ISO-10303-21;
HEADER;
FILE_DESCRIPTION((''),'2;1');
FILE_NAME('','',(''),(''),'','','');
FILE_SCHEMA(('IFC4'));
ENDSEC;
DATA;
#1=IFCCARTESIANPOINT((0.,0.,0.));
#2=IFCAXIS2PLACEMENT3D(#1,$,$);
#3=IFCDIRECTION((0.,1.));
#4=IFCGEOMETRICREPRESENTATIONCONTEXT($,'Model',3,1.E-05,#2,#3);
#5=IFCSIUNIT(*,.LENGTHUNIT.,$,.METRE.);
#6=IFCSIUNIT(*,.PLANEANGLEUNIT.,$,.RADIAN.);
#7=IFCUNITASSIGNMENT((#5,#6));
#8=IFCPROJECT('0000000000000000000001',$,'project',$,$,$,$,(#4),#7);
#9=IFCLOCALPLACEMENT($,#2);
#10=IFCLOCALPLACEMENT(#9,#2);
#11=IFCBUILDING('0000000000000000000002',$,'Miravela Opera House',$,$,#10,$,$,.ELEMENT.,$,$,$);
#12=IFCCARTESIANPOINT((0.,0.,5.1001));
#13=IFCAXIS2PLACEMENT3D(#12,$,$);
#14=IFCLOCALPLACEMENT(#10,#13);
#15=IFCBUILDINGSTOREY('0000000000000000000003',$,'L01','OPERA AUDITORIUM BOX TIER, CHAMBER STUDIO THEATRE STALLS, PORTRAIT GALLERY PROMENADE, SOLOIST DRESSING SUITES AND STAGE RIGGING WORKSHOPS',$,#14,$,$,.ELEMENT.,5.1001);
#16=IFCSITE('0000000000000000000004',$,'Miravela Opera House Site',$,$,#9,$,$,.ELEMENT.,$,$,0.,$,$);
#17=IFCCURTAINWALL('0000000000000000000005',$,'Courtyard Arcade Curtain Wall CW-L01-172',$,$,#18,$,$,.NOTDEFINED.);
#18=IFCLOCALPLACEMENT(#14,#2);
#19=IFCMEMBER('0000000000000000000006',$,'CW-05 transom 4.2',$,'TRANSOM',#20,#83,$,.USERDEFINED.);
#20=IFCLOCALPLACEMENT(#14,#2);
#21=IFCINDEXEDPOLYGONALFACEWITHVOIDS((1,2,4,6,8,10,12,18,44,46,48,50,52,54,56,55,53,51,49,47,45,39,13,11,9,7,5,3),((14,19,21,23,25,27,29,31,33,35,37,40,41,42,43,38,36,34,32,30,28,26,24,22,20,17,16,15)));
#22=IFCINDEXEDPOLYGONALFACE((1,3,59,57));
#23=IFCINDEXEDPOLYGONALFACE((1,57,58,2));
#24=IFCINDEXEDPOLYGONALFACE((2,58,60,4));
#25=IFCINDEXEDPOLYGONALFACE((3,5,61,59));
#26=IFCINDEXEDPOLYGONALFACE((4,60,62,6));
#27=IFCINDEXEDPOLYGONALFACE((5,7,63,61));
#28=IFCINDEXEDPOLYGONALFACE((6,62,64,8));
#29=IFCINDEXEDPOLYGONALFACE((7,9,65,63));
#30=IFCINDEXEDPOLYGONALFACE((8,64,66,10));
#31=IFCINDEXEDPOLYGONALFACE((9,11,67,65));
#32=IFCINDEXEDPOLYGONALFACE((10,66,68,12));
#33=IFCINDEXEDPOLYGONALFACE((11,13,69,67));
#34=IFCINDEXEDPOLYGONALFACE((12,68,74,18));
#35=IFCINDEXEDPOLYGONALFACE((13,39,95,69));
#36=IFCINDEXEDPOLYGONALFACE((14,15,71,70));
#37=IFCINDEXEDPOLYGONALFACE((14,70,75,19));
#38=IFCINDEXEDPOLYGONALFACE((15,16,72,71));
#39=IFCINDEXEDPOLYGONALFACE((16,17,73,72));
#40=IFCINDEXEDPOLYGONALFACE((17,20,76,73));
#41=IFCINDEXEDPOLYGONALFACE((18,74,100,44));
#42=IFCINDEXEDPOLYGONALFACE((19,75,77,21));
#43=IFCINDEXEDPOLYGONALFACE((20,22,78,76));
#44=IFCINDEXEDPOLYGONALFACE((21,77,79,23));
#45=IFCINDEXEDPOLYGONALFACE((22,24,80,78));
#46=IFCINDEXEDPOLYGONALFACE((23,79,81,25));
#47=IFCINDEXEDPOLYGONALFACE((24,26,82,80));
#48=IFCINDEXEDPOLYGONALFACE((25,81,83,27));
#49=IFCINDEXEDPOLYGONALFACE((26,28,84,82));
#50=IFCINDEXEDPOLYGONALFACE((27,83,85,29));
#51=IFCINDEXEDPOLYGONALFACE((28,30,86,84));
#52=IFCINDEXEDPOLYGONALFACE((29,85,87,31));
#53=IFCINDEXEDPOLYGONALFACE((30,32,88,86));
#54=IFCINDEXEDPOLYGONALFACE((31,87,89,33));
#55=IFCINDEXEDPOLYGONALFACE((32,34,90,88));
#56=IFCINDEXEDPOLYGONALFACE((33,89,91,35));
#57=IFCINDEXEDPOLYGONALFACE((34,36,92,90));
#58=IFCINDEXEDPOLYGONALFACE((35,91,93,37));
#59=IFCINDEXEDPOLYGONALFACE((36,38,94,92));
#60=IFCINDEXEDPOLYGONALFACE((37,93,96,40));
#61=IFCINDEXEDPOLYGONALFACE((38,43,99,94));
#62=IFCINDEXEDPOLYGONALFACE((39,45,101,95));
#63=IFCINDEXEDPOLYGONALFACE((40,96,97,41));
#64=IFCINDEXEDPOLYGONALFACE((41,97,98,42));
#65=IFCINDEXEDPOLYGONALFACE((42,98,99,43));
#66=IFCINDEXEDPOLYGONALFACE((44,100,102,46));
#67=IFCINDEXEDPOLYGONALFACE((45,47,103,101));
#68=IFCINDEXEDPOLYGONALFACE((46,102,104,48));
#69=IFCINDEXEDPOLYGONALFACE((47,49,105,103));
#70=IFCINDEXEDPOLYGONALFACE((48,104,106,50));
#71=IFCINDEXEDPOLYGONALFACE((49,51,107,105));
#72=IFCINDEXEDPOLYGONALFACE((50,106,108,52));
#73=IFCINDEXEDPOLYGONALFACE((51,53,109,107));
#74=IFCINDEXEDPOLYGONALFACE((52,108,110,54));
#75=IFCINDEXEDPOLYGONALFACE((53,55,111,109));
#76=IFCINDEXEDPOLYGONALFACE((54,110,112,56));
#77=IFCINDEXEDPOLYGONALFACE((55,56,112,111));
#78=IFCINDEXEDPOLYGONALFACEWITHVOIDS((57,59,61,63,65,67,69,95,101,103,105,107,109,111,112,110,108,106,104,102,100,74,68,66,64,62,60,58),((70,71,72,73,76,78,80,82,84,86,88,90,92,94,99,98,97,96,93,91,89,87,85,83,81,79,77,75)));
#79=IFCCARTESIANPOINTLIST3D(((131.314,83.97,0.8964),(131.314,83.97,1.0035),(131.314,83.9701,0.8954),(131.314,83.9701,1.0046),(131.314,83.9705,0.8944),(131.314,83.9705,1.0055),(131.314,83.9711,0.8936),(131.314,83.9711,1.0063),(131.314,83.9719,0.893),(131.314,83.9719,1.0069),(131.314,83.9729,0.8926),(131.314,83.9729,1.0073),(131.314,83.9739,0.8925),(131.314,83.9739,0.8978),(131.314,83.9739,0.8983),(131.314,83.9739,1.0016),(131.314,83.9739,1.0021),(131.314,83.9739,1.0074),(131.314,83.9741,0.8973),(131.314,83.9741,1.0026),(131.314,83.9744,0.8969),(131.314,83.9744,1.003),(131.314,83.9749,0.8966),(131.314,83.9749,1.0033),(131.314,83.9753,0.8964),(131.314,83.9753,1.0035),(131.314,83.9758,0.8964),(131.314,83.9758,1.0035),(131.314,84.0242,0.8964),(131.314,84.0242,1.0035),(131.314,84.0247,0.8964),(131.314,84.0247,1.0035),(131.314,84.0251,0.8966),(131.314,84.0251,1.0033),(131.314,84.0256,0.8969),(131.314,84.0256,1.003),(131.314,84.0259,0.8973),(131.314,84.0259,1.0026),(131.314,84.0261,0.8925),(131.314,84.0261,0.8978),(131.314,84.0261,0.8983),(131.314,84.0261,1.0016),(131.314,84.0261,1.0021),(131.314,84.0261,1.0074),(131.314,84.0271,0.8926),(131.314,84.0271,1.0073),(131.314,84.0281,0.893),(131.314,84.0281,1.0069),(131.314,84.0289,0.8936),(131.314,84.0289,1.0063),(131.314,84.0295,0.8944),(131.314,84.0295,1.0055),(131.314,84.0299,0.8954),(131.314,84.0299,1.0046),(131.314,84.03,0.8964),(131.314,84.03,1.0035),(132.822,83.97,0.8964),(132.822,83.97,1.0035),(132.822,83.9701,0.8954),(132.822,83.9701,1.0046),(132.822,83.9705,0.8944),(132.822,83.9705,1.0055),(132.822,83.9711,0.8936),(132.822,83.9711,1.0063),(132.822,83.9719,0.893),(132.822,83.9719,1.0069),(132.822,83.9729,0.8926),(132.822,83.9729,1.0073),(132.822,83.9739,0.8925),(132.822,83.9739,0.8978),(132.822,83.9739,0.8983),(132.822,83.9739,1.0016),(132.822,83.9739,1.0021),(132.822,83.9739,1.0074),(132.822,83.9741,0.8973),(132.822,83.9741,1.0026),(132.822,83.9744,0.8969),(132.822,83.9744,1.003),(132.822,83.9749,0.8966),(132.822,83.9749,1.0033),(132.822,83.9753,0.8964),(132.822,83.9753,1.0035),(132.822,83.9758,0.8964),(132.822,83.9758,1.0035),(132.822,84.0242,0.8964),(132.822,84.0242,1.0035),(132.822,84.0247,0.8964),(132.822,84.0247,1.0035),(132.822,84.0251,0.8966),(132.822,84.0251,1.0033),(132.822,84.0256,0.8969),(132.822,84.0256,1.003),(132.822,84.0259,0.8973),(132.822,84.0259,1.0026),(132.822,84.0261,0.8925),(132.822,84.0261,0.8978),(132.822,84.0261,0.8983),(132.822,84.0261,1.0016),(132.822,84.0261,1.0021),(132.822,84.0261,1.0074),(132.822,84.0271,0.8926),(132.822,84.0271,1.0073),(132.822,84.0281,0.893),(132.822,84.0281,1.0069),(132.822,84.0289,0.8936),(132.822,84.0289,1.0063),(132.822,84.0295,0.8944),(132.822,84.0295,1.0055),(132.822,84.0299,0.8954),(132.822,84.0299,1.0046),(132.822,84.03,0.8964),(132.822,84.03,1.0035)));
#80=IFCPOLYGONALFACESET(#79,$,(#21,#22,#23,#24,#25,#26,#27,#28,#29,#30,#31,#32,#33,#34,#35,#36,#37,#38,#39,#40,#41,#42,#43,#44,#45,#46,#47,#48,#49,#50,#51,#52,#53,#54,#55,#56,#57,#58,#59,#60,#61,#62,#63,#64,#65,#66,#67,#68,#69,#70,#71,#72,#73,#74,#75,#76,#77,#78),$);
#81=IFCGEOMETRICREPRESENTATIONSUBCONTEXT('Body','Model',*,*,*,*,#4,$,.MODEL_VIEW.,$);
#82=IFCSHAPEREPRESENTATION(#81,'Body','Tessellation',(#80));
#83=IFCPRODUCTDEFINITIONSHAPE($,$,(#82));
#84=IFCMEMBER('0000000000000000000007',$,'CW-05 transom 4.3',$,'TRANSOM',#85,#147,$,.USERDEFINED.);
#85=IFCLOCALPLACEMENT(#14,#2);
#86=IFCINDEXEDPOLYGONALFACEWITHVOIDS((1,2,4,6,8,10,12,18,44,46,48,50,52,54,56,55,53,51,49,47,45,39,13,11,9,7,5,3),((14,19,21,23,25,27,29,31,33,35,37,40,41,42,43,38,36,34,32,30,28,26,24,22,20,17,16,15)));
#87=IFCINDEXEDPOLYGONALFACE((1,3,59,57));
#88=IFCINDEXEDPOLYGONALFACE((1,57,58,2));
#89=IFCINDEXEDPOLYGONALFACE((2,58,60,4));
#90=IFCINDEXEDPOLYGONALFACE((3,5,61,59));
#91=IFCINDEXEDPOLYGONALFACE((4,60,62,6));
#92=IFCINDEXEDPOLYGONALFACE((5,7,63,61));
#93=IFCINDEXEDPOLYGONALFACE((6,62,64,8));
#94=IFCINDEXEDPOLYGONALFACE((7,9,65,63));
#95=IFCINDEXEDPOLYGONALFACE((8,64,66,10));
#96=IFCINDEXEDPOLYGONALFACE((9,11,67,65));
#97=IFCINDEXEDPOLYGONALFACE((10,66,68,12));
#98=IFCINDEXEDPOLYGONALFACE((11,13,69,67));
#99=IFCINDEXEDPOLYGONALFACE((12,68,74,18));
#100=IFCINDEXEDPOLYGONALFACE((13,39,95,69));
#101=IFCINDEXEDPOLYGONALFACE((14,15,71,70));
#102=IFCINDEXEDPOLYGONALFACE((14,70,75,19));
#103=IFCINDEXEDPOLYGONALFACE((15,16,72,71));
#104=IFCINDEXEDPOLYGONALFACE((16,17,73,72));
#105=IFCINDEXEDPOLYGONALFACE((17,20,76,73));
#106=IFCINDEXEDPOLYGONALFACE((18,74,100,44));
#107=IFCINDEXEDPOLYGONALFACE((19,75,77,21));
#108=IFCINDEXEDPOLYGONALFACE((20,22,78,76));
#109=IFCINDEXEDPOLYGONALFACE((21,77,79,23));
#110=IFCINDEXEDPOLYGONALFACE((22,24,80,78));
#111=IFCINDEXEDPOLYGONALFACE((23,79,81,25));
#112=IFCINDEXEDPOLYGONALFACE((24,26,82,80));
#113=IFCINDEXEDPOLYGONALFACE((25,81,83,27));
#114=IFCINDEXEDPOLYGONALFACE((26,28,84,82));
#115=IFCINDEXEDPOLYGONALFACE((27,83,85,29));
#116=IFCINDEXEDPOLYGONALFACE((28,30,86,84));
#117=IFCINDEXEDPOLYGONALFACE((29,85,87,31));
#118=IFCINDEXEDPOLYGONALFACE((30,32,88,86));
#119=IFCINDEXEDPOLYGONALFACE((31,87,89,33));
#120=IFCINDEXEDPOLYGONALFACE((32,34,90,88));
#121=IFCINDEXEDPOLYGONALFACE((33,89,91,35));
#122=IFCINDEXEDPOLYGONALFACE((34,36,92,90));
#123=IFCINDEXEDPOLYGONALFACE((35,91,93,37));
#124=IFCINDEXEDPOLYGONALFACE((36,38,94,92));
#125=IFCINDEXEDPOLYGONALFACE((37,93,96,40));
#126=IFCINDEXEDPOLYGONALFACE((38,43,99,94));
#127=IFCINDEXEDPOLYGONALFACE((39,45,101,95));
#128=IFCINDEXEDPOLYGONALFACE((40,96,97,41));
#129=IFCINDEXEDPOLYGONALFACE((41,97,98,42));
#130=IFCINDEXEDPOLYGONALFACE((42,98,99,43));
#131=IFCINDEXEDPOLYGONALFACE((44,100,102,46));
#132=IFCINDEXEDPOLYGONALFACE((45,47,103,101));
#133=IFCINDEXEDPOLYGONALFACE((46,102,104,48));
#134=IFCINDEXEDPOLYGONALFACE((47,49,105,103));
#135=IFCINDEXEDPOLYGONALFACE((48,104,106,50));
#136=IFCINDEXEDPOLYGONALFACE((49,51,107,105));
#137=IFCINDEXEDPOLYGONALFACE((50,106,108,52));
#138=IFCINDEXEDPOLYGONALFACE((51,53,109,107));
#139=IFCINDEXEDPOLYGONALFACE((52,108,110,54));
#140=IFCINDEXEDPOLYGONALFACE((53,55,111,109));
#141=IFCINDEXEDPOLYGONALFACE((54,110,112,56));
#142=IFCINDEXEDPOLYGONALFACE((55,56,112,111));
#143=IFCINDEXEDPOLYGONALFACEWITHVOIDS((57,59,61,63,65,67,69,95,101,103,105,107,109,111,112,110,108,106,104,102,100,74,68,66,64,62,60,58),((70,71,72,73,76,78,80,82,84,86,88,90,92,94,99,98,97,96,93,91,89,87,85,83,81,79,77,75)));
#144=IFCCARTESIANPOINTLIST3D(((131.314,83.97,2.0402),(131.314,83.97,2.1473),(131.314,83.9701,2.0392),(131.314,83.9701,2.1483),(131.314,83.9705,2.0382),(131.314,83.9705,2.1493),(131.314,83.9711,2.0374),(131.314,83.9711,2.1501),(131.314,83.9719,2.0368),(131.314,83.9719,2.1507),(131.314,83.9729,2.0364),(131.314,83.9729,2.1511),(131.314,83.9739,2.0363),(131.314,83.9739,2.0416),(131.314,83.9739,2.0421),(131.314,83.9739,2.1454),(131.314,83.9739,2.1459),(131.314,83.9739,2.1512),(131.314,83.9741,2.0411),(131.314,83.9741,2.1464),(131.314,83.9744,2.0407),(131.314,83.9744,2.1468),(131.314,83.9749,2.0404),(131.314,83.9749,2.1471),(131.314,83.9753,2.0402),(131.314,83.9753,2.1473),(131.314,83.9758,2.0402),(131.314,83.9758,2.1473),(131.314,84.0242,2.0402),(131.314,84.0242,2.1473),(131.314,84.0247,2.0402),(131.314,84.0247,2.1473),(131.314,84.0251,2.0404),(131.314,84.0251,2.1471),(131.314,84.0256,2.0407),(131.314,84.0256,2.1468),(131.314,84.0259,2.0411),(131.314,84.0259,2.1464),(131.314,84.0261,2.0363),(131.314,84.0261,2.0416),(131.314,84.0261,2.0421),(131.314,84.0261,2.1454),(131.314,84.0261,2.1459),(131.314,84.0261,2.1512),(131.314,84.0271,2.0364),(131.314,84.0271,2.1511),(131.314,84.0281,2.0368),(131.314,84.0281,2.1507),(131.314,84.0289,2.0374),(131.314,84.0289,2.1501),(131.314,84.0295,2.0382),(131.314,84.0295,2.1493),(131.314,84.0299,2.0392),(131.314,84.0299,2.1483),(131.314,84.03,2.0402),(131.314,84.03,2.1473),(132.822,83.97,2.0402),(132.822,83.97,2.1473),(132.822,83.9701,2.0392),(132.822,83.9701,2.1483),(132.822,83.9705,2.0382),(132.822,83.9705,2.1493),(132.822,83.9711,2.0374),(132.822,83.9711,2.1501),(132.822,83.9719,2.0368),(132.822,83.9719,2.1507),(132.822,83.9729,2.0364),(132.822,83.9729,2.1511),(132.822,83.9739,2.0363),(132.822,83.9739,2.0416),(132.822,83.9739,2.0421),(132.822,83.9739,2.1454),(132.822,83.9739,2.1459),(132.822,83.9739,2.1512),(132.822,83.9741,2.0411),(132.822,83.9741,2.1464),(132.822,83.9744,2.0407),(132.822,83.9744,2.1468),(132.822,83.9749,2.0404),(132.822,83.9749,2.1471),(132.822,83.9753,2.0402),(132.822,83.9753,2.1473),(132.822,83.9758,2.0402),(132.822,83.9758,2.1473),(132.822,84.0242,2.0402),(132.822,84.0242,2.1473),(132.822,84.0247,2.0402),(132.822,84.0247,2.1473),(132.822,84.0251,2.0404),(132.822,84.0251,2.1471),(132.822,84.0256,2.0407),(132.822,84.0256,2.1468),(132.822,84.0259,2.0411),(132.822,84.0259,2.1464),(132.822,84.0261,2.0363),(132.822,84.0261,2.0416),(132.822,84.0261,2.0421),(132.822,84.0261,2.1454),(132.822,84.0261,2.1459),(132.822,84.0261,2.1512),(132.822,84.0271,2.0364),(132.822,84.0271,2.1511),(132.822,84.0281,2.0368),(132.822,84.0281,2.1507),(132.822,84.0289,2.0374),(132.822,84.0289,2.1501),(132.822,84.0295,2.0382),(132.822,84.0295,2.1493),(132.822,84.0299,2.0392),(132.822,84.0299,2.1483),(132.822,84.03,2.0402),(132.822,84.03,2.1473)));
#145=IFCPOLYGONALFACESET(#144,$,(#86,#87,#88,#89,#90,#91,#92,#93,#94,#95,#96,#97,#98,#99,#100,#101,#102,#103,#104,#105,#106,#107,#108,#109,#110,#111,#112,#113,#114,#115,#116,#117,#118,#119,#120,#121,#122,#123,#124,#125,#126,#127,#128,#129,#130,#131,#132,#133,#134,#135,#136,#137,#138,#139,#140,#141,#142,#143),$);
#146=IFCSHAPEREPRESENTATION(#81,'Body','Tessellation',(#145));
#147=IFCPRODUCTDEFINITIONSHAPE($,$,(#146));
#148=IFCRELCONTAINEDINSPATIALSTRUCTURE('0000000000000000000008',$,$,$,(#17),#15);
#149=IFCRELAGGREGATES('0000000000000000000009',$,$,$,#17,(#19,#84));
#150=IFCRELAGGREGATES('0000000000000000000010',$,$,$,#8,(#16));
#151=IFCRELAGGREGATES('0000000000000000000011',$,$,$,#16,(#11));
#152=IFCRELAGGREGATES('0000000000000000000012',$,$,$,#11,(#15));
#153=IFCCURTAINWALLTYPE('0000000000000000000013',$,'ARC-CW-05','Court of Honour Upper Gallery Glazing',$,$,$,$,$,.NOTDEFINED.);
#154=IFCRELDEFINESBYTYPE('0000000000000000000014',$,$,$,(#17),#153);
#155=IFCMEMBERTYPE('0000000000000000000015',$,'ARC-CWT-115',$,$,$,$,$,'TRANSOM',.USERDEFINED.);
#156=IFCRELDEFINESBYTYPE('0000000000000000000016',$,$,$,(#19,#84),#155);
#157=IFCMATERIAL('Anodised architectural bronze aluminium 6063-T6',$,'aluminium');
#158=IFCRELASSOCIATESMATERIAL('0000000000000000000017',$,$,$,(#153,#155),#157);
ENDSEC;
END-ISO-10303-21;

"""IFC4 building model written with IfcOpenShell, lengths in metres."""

from ifc_helpers import new_model, si_unit, direction, frame, origin, origin_2d, place, context, subcontext, project, spatial, hollow_rectangle, extrude, material, material_profile, profile_set, type_object, element, aggregate, save


model = new_model("IFC4")

# Units and contexts
model_context = context("Model", 3, precision=1e-05, world=origin(), true_north=direction((0.0, 1.0)))
body_context = subcontext(model_context, "Body", "Model", "MODEL_VIEW")
ifc_project = project(units=[si_unit("LENGTHUNIT", "METRE"), si_unit("PLANEANGLEUNIT", "RADIAN")], contexts=[model_context])

# Site, building, storey
site_placement = place(None, origin())
site = spatial("IfcSite", under=ifc_project, at=site_placement, Name="Miravela Opera House Site", CompositionType="ELEMENT", RefElevation=0.0)
building_placement = place(site_placement, origin())
building = spatial("IfcBuilding", under=site, at=building_placement, Name="Miravela Opera House", CompositionType="ELEMENT")
storey_placement = place(building_placement, frame((0.0, 0.0, 5.1001)))
storey = spatial("IfcBuildingStorey", under=building, at=storey_placement, Name="L01", Description="OPERA AUDITORIUM BOX TIER, CHAMBER STUDIO THEATRE STALLS, PORTRAIT GALLERY PROMENADE, SOLOIST DRESSING SUITES AND STAGE RIGGING WORKSHOPS", CompositionType="ELEMENT", Elevation=5.1001)

# Curtain wall, members
ifc_material_1 = material(Name="Anodised architectural bronze aluminium 6063-T6", Category="aluminium")
curtain_wall_type = type_object("IfcCurtainWallType", Name="ARC-CW-05", Description="Court of Honour Upper Gallery Glazing", PredefinedType="NOTDEFINED", material=ifc_material_1)
curtain_wall_placement = place(storey_placement, origin())
curtain_wall = element("IfcCurtainWall", 1, at=curtain_wall_placement, inside=storey, type_object=curtain_wall_type, Name="Courtyard Arcade Curtain Wall CW-L01-172", PredefinedType="NOTDEFINED")
ifc_material_profile_1 = material_profile(ifc_material_1, hollow_rectangle(XDim=0.0601, YDim=0.115, WallThickness=0.0039, InnerFilletRadius=0.002, OuterFilletRadius=0.0039, at=origin_2d()), Name="CWT-60X115")
ifc_profile_set_1 = profile_set([ifc_material_profile_1])
member_type_1 = type_object("IfcMemberType", Name="ARC-CWT-115", ElementType="TRANSOM", PredefinedType="USERDEFINED", material=ifc_profile_set_1)
member_1_placement = place(storey_placement, frame((131.314, 84.0, 0.95), z_axis=(1.0, 0.0, 0.0), x_axis=(0.0, 1.0, 0.0)))
member_1 = element("IfcMember", 2, at=member_1_placement, type_object=member_type_1, Name="CW-05 transom 4.2", ObjectType="TRANSOM", PredefinedType="USERDEFINED", context=body_context, shape_type="SweptSolid", body=[
    extrude(hollow_rectangle(XDim=0.0601, YDim=0.115, WallThickness=0.0039, InnerFilletRadius=0.002, OuterFilletRadius=0.0039, at=origin_2d()), origin(), (0.0, 0.0, 1.0), 1.5081),
])
member_2_placement = place(storey_placement, frame((131.314, 84.0, 2.0938), z_axis=(1.0, 0.0, 0.0), x_axis=(0.0, 1.0, 0.0)))
member_2 = element("IfcMember", 3, at=member_2_placement, type_object=member_type_1, Name="CW-05 transom 4.3", ObjectType="TRANSOM", PredefinedType="USERDEFINED", context=body_context, shape_type="SweptSolid", body=[
    extrude(hollow_rectangle(XDim=0.0601, YDim=0.115, WallThickness=0.0039, InnerFilletRadius=0.002, OuterFilletRadius=0.0039, at=origin_2d()), origin(), (0.0, 0.0, 1.0), 1.5081),
])
aggregate(curtain_wall, [member_1, member_2])

save(model, "model.ifc")
